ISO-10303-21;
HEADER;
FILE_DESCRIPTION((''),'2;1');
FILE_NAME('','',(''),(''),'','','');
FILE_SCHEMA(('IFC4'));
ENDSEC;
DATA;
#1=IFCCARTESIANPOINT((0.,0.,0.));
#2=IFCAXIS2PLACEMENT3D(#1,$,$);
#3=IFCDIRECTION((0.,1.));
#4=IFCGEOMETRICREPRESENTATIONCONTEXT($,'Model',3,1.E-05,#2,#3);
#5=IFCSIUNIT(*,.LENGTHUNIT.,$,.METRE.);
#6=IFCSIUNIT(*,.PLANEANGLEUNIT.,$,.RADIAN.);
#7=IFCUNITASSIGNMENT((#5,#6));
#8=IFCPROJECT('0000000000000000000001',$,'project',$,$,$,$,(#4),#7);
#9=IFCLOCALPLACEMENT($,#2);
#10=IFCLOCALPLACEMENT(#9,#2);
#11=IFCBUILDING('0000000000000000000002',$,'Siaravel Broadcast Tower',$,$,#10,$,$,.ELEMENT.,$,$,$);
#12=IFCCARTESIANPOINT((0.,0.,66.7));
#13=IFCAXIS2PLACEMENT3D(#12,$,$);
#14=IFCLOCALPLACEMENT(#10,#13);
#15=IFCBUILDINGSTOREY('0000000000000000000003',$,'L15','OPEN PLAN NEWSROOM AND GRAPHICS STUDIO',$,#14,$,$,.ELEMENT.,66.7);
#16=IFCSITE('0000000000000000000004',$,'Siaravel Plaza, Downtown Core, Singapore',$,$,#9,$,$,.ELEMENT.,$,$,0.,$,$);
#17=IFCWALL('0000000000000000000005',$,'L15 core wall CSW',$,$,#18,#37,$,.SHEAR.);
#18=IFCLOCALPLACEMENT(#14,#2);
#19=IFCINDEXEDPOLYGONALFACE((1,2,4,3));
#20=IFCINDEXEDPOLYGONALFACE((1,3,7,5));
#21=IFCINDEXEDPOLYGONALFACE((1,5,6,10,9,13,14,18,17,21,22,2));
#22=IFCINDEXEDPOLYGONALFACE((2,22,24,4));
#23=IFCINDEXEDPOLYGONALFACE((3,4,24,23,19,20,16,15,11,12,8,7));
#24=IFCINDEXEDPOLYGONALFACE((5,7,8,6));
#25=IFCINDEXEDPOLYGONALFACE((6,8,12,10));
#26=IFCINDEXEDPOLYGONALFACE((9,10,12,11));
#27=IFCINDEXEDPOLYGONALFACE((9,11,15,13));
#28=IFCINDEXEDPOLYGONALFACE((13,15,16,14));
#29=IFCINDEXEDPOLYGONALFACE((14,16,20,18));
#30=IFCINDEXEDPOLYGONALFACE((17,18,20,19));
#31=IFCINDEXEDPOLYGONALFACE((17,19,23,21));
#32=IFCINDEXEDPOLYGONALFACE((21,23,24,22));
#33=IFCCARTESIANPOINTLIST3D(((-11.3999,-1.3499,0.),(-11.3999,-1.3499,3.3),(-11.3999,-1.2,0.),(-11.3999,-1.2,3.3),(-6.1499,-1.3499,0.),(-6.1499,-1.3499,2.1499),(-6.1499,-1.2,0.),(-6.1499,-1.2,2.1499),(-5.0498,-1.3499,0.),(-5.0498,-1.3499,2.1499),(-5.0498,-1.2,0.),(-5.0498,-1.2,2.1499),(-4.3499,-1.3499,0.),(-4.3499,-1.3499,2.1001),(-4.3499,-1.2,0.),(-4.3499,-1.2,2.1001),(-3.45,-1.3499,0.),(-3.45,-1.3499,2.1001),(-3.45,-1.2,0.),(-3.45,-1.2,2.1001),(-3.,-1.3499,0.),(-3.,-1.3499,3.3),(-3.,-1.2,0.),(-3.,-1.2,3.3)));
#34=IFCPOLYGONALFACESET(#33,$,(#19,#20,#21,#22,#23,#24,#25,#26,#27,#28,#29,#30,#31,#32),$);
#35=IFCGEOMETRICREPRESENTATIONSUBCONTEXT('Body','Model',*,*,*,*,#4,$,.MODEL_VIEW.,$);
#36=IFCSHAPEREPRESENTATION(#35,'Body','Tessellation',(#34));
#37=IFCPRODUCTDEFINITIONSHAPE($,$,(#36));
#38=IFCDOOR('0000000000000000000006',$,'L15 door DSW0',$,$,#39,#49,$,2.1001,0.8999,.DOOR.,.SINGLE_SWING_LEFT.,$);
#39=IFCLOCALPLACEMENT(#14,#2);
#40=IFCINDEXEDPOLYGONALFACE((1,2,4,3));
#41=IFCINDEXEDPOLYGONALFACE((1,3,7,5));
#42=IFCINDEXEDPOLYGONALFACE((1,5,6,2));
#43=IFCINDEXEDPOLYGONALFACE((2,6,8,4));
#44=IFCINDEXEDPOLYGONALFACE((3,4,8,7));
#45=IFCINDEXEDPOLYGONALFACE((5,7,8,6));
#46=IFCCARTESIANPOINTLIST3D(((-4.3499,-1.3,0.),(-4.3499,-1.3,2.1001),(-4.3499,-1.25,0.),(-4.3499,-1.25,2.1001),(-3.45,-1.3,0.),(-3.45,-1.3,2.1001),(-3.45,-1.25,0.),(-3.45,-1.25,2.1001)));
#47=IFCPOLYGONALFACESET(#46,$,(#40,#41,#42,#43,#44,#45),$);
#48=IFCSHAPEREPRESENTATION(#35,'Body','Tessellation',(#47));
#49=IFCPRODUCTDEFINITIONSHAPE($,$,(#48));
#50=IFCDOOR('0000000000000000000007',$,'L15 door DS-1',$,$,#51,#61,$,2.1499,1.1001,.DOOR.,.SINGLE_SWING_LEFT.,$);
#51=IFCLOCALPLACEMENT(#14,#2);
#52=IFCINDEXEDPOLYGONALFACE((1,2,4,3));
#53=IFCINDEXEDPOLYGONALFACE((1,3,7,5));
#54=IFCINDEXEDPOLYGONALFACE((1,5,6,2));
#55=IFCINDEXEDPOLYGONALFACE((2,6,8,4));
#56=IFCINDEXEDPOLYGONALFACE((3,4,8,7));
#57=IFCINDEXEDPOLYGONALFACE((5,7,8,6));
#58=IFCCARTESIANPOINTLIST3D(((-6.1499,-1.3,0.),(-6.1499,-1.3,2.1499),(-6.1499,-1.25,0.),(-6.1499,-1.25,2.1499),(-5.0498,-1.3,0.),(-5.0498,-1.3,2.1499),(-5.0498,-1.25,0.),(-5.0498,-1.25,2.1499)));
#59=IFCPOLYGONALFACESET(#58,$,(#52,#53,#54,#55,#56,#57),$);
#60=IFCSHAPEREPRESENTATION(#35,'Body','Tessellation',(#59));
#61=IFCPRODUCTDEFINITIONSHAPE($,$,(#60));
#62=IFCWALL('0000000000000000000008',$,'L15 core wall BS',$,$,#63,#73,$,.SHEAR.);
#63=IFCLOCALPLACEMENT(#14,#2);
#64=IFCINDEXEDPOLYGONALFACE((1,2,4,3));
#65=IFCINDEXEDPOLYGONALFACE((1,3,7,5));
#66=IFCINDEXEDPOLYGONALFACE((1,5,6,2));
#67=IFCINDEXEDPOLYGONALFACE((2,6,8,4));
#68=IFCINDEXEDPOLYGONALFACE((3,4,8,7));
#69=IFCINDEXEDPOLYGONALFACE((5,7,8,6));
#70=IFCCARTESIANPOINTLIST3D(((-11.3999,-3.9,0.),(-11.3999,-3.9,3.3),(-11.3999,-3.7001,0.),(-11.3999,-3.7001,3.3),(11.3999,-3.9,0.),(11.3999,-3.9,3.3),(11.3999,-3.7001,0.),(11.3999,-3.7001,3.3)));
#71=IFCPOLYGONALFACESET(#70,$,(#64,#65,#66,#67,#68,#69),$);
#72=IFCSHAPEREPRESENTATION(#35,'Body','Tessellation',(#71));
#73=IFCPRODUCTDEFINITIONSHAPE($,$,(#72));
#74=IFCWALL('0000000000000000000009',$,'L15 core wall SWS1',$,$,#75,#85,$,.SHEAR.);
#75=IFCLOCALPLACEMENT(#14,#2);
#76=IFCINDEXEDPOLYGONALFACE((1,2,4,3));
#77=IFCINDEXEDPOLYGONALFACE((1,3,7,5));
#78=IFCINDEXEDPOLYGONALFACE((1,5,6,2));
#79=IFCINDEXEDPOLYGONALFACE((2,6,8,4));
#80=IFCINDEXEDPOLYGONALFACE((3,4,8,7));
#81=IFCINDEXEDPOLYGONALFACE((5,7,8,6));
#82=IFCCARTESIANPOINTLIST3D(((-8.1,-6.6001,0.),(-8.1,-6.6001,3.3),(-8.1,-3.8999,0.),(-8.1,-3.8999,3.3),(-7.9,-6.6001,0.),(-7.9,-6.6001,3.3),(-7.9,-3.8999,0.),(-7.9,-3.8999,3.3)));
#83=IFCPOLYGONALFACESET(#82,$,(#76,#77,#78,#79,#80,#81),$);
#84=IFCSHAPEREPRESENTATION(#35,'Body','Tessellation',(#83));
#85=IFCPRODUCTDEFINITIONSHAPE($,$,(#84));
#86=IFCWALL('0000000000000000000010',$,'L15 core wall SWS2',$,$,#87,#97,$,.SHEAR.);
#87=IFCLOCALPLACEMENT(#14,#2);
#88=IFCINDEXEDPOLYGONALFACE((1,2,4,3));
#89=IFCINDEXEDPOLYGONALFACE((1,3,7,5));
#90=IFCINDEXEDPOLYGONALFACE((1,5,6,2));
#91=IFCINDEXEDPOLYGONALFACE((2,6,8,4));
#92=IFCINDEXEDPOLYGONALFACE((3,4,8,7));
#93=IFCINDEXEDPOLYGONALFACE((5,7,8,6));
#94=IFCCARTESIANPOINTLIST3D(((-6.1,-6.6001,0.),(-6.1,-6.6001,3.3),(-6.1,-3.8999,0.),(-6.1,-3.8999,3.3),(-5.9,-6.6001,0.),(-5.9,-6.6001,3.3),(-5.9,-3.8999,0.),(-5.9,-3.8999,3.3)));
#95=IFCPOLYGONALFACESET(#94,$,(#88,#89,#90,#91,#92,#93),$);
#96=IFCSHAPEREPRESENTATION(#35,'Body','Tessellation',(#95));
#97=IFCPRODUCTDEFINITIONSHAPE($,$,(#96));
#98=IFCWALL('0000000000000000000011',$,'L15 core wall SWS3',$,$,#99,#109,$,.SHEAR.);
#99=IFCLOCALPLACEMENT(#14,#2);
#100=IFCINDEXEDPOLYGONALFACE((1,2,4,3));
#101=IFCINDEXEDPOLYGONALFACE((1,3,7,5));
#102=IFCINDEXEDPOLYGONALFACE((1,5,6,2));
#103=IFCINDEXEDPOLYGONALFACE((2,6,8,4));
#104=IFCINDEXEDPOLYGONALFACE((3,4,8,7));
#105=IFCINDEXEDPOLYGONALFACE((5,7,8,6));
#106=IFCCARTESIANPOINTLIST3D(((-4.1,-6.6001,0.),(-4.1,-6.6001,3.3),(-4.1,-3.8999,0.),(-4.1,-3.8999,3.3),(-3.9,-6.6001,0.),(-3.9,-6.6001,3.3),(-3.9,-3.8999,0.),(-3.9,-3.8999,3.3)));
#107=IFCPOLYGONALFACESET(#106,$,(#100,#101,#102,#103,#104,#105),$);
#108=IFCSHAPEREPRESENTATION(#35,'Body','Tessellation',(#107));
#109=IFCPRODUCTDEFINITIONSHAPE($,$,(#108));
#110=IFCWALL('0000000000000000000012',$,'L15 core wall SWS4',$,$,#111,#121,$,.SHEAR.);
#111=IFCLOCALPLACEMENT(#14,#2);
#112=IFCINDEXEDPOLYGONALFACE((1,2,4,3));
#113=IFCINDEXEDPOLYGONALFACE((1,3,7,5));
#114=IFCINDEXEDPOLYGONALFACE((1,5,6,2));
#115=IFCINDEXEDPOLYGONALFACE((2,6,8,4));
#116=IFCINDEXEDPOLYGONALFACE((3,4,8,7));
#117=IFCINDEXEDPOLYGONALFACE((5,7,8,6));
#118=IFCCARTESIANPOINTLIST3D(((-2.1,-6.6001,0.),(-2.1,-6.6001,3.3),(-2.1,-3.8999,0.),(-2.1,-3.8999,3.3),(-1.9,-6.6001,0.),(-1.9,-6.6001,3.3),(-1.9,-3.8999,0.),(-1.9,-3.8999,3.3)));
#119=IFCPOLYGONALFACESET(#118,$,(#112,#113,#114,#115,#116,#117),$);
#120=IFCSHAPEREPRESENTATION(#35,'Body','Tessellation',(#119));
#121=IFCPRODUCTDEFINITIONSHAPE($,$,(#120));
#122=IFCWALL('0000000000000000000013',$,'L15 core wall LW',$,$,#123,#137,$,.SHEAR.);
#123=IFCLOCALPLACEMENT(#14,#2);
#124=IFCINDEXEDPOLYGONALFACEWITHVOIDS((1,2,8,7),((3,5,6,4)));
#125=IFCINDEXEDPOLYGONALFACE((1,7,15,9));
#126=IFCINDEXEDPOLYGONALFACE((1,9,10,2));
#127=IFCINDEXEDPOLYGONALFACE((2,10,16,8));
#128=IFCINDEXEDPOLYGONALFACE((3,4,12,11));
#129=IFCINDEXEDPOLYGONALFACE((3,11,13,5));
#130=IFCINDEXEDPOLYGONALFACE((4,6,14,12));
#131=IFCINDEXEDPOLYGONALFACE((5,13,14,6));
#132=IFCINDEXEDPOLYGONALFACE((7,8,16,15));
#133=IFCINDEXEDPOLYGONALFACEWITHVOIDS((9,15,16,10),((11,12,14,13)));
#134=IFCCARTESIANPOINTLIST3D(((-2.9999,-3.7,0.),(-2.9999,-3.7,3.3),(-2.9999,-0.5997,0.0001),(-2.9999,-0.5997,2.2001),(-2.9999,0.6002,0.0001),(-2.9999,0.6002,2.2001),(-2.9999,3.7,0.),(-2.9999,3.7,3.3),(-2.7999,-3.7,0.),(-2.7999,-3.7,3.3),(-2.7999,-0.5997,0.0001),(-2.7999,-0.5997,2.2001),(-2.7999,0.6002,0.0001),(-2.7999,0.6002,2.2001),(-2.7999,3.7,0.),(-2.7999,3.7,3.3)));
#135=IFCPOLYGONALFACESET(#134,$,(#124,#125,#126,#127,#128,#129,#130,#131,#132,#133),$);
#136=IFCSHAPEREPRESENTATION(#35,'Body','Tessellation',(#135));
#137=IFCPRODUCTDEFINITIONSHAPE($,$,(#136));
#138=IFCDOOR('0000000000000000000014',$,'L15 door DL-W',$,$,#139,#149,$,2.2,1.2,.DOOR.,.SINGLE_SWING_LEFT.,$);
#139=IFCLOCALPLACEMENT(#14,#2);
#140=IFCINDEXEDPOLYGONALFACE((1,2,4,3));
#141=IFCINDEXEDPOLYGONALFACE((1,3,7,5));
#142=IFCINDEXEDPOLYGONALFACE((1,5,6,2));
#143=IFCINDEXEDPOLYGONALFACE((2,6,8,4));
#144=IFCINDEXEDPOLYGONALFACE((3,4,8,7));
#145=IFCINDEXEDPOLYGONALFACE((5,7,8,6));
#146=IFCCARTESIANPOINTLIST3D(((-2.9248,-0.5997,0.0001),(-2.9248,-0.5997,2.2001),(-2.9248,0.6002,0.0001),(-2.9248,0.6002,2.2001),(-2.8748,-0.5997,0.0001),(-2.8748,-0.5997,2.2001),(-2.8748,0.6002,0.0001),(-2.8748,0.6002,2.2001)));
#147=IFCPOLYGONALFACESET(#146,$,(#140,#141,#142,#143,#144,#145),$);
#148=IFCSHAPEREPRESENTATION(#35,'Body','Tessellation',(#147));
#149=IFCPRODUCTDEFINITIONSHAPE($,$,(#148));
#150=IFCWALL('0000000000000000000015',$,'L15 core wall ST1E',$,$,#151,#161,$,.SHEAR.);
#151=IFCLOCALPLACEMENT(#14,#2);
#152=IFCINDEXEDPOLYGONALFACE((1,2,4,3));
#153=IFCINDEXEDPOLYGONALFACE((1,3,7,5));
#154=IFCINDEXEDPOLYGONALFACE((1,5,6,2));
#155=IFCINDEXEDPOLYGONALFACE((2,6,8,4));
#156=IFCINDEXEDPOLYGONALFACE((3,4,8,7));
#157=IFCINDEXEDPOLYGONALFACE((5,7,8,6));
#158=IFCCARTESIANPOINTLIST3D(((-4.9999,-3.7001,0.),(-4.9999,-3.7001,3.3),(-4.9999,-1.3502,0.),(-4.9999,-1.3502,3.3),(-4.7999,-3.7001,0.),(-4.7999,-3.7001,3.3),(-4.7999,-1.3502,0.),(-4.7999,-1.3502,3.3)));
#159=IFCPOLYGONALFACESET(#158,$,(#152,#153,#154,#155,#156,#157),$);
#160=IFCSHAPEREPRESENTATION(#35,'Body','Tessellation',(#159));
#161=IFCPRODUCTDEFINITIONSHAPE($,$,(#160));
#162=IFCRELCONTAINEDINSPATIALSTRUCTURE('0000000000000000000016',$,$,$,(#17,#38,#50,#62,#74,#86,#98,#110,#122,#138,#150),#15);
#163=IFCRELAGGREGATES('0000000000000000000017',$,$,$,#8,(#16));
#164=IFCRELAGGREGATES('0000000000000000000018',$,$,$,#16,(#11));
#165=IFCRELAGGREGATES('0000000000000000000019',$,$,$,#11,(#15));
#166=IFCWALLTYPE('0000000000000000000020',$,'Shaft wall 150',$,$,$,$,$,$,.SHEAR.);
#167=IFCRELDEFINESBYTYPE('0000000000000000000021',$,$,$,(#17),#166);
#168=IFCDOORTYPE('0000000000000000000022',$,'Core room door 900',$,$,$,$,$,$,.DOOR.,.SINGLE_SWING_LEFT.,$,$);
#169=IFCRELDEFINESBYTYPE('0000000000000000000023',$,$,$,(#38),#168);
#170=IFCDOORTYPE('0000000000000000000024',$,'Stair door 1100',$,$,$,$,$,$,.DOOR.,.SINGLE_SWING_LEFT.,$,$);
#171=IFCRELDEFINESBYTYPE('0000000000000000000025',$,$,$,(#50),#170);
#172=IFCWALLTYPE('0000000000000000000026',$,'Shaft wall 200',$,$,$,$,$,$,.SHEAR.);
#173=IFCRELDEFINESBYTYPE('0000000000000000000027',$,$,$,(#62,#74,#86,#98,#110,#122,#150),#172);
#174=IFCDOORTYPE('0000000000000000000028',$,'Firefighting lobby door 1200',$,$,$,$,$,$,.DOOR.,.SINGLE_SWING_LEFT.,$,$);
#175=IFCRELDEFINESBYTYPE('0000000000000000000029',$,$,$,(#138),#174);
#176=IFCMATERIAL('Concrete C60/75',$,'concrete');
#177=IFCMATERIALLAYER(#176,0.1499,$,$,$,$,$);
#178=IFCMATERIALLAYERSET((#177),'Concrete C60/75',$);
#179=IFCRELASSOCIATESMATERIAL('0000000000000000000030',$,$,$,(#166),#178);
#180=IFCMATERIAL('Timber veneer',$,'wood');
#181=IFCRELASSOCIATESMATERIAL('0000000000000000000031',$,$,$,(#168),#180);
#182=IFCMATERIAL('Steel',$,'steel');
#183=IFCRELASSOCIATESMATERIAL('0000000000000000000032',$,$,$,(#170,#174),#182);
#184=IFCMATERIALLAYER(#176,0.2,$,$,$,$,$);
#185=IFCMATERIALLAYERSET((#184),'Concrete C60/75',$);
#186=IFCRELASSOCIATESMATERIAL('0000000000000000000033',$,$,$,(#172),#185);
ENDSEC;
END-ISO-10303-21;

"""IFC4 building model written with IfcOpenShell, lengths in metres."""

from ifc_helpers import new_model, si_unit, direction, frame, frame_2d, origin, place, context, subcontext, project, spatial, rectangle, extrude, material, layer, layer_set, type_object, element, fill, save


model = new_model("IFC4")

# Units and contexts
model_context = context("Model", 3, precision=1e-05, world=origin(), true_north=direction((0.0, 1.0)))
body_context = subcontext(model_context, "Body", "Model", "MODEL_VIEW")
ifc_project = project(units=[si_unit("LENGTHUNIT", "METRE"), si_unit("PLANEANGLEUNIT", "RADIAN")], contexts=[model_context])

# Site, building, storey
site_placement = place(None, origin())
site = spatial("IfcSite", under=ifc_project, at=site_placement, Name="Siaravel Plaza, Downtown Core, Singapore", CompositionType="ELEMENT", RefElevation=0.0)
building_placement = place(site_placement, origin())
building = spatial("IfcBuilding", under=site, at=building_placement, Name="Siaravel Broadcast Tower", CompositionType="ELEMENT")
storey_placement = place(building_placement, frame((0.0, 0.0, 66.7)))
storey = spatial("IfcBuildingStorey", under=building, at=storey_placement, Name="L15", Description="OPEN PLAN NEWSROOM AND GRAPHICS STUDIO", CompositionType="ELEMENT", Elevation=66.7)

# Wall, openings, doors
ifc_material_1 = material(Name="Concrete C60/75", Category="concrete")
ifc_layer_1 = layer(ifc_material_1, 0.1499)
ifc_layer_set_1 = layer_set([ifc_layer_1], Name="Concrete C60/75")
wall_type_1 = type_object("IfcWallType", Name="Shaft wall 150", PredefinedType="SHEAR", material=ifc_layer_set_1)
wall_1_placement = place(storey_placement, frame((-11.3999, -1.2749, 0.0), z_axis=(0.0, 0.0, 1.0), x_axis=(1.0, 0.0, 0.0)))
wall_1 = element("IfcWall", 1, at=wall_1_placement, inside=storey, type_object=wall_type_1, Name="L15 core wall CSW", PredefinedType="SHEAR", context=body_context, shape_type="SweptSolid", body=[
    extrude(rectangle(XDim=8.3999, YDim=0.1499, at=frame_2d((4.2, 0.0))), origin(), (0.0, 0.0, 1.0), 3.3),
])
opening_1_placement = place(wall_1_placement, frame((5.25, 0.0, 0.0)))
opening_1 = element("IfcOpeningElement", 2, at=opening_1_placement, cuts=wall_1, PredefinedType="OPENING", context=body_context, shape_type="SweptSolid", body=[
    extrude(rectangle(XDim=1.1001, YDim=2.1499, at=frame_2d((0.55, 1.075))), frame((0.0, 0.085, 0.0), z_axis=(0.0, -1.0, 0.0), x_axis=(1.0, 0.0, 0.0)), (0.0, 0.0, 1.0), 0.1699),
])
opening_2_placement = place(wall_1_placement, frame((7.05, 0.0, 0.0)))
opening_2 = element("IfcOpeningElement", 3, at=opening_2_placement, cuts=wall_1, PredefinedType="OPENING", context=body_context, shape_type="SweptSolid", body=[
    extrude(rectangle(XDim=0.8999, YDim=2.1001, at=frame_2d((0.45, 1.05))), frame((0.0, 0.085, 0.0), z_axis=(0.0, -1.0, 0.0), x_axis=(1.0, 0.0, 0.0)), (0.0, 0.0, 1.0), 0.1699),
])
ifc_material_2 = material(Name="Timber veneer", Category="wood")
door_type_1 = type_object("IfcDoorType", Name="Core room door 900", OperationType="SINGLE_SWING_LEFT", PredefinedType="DOOR", material=ifc_material_2)
door_1_placement = place(opening_2_placement, origin())
door_1 = element("IfcDoor", 4, at=door_1_placement, inside=storey, type_object=door_type_1, Name="L15 door DSW0", OperationType="SINGLE_SWING_LEFT", OverallHeight=2.1001, OverallWidth=0.8999, PredefinedType="DOOR", context=body_context, shape_type="SweptSolid", body=[
    extrude(rectangle(XDim=0.8999, YDim=2.1001, at=frame_2d((0.45, 1.05))), frame((0.0, 0.0249, 0.0), z_axis=(0.0, -1.0, 0.0), x_axis=(1.0, 0.0, 0.0)), (0.0, 0.0, 1.0), 0.05),
])
fill(opening_2, door_1)
ifc_material_3 = material(Name="Steel", Category="steel")
door_type_2 = type_object("IfcDoorType", Name="Stair door 1100", OperationType="SINGLE_SWING_LEFT", PredefinedType="DOOR", material=ifc_material_3)
door_2_placement = place(opening_1_placement, origin())
door_2 = element("IfcDoor", 5, at=door_2_placement, inside=storey, type_object=door_type_2, Name="L15 door DS-1", OperationType="SINGLE_SWING_LEFT", OverallHeight=2.1499, OverallWidth=1.1001, PredefinedType="DOOR", context=body_context, shape_type="SweptSolid", body=[
    extrude(rectangle(XDim=1.1001, YDim=2.1499, at=frame_2d((0.55, 1.075))), frame((0.0, 0.0249, 0.0), z_axis=(0.0, -1.0, 0.0), x_axis=(1.0, 0.0, 0.0)), (0.0, 0.0, 1.0), 0.05),
])
fill(opening_1, door_2)

# Walls
ifc_layer_2 = layer(ifc_material_1, 0.2)
ifc_layer_set_2 = layer_set([ifc_layer_2], Name="Concrete C60/75")
wall_type_2 = type_object("IfcWallType", Name="Shaft wall 200", PredefinedType="SHEAR", material=ifc_layer_set_2)
wall_2_placement = place(storey_placement, frame((-11.3999, -3.8, 0.0), z_axis=(0.0, 0.0, 1.0), x_axis=(1.0, 0.0, 0.0)))
element("IfcWall", 6, at=wall_2_placement, inside=storey, type_object=wall_type_2, Name="L15 core wall BS", PredefinedType="SHEAR", context=body_context, shape_type="SweptSolid", body=[
    extrude(rectangle(XDim=22.7998, YDim=0.2, at=frame_2d((11.3999, 0.0))), origin(), (0.0, 0.0, 1.0), 3.3),
])
for number, where, z_axis, x_axis, name in (
    (7, (-8.0, -6.6001, 0.0), (0.0, 0.0, 1.0), (0.0, 1.0, 0.0), "L15 core wall SWS1"),
    (8, (-6.0, -6.6001, 0.0), (0.0, 0.0, 1.0), (0.0, 1.0, 0.0), "L15 core wall SWS2"),
    (9, (-4.0, -6.6001, 0.0), (0.0, 0.0, 1.0), (0.0, 1.0, 0.0), "L15 core wall SWS3"),
    (10, (-2.0, -6.6001, 0.0), (0.0, 0.0, 1.0), (0.0, 1.0, 0.0), "L15 core wall SWS4"),
):
    element("IfcWall", number, at=place(storey_placement, frame(where, z_axis=z_axis, x_axis=x_axis)), inside=storey, type_object=wall_type_2, Name=name, PredefinedType="SHEAR", context=body_context, shape_type="SweptSolid", body=[
        extrude(rectangle(XDim=2.7002, YDim=0.2, at=frame_2d((1.3501, 0.0))), origin(), (0.0, 0.0, 1.0), 3.3),
    ])

# Wall, opening, door
wall_3_placement = place(storey_placement, frame((-2.8999, -3.7, 0.0), z_axis=(0.0, 0.0, 1.0), x_axis=(0.0, 1.0, 0.0)))
wall_3 = element("IfcWall", 11, at=wall_3_placement, inside=storey, type_object=wall_type_2, Name="L15 core wall LW", PredefinedType="SHEAR", context=body_context, shape_type="SweptSolid", body=[
    extrude(rectangle(XDim=7.3999, YDim=0.2, at=frame_2d((3.7, 0.0))), origin(), (0.0, 0.0, 1.0), 3.3),
])
opening_3_placement = place(wall_3_placement, frame((3.1001, 0.0, 0.0)))
opening_3 = element("IfcOpeningElement", 12, at=opening_3_placement, cuts=wall_3, PredefinedType="OPENING", context=body_context, shape_type="SweptSolid", body=[
    extrude(rectangle(XDim=1.2, YDim=2.2, at=frame_2d((0.6001, 1.1001))), frame((0.0, 0.1099, 0.0), z_axis=(0.0, -1.0, 0.0), x_axis=(1.0, 0.0, 0.0)), (0.0, 0.0, 1.0), 0.22),
])
door_type_3 = type_object("IfcDoorType", Name="Firefighting lobby door 1200", OperationType="SINGLE_SWING_LEFT", PredefinedType="DOOR", material=ifc_material_3)
door_3_placement = place(opening_3_placement, origin())
door_3 = element("IfcDoor", 13, at=door_3_placement, inside=storey, type_object=door_type_3, Name="L15 door DL-W", OperationType="SINGLE_SWING_LEFT", OverallHeight=2.2, OverallWidth=1.2, PredefinedType="DOOR", context=body_context, shape_type="SweptSolid", body=[
    extrude(rectangle(XDim=1.2, YDim=2.2, at=frame_2d((0.6001, 1.1001))), frame((0.0, 0.0249, 0.0), z_axis=(0.0, -1.0, 0.0), x_axis=(1.0, 0.0, 0.0)), (0.0, 0.0, 1.0), 0.05),
])
fill(opening_3, door_3)

# Wall
wall_4_placement = place(storey_placement, frame((-4.8999, -3.7, 0.0), z_axis=(0.0, 0.0, 1.0), x_axis=(0.0, 1.0, 0.0)))
element("IfcWall", 14, at=wall_4_placement, inside=storey, type_object=wall_type_2, Name="L15 core wall ST1E", PredefinedType="SHEAR", context=body_context, shape_type="SweptSolid", body=[
    extrude(rectangle(XDim=2.3499, YDim=0.2, at=frame_2d((1.1748, 0.0))), origin(), (0.0, 0.0, 1.0), 3.3),
])

save(model, "model.ifc")
